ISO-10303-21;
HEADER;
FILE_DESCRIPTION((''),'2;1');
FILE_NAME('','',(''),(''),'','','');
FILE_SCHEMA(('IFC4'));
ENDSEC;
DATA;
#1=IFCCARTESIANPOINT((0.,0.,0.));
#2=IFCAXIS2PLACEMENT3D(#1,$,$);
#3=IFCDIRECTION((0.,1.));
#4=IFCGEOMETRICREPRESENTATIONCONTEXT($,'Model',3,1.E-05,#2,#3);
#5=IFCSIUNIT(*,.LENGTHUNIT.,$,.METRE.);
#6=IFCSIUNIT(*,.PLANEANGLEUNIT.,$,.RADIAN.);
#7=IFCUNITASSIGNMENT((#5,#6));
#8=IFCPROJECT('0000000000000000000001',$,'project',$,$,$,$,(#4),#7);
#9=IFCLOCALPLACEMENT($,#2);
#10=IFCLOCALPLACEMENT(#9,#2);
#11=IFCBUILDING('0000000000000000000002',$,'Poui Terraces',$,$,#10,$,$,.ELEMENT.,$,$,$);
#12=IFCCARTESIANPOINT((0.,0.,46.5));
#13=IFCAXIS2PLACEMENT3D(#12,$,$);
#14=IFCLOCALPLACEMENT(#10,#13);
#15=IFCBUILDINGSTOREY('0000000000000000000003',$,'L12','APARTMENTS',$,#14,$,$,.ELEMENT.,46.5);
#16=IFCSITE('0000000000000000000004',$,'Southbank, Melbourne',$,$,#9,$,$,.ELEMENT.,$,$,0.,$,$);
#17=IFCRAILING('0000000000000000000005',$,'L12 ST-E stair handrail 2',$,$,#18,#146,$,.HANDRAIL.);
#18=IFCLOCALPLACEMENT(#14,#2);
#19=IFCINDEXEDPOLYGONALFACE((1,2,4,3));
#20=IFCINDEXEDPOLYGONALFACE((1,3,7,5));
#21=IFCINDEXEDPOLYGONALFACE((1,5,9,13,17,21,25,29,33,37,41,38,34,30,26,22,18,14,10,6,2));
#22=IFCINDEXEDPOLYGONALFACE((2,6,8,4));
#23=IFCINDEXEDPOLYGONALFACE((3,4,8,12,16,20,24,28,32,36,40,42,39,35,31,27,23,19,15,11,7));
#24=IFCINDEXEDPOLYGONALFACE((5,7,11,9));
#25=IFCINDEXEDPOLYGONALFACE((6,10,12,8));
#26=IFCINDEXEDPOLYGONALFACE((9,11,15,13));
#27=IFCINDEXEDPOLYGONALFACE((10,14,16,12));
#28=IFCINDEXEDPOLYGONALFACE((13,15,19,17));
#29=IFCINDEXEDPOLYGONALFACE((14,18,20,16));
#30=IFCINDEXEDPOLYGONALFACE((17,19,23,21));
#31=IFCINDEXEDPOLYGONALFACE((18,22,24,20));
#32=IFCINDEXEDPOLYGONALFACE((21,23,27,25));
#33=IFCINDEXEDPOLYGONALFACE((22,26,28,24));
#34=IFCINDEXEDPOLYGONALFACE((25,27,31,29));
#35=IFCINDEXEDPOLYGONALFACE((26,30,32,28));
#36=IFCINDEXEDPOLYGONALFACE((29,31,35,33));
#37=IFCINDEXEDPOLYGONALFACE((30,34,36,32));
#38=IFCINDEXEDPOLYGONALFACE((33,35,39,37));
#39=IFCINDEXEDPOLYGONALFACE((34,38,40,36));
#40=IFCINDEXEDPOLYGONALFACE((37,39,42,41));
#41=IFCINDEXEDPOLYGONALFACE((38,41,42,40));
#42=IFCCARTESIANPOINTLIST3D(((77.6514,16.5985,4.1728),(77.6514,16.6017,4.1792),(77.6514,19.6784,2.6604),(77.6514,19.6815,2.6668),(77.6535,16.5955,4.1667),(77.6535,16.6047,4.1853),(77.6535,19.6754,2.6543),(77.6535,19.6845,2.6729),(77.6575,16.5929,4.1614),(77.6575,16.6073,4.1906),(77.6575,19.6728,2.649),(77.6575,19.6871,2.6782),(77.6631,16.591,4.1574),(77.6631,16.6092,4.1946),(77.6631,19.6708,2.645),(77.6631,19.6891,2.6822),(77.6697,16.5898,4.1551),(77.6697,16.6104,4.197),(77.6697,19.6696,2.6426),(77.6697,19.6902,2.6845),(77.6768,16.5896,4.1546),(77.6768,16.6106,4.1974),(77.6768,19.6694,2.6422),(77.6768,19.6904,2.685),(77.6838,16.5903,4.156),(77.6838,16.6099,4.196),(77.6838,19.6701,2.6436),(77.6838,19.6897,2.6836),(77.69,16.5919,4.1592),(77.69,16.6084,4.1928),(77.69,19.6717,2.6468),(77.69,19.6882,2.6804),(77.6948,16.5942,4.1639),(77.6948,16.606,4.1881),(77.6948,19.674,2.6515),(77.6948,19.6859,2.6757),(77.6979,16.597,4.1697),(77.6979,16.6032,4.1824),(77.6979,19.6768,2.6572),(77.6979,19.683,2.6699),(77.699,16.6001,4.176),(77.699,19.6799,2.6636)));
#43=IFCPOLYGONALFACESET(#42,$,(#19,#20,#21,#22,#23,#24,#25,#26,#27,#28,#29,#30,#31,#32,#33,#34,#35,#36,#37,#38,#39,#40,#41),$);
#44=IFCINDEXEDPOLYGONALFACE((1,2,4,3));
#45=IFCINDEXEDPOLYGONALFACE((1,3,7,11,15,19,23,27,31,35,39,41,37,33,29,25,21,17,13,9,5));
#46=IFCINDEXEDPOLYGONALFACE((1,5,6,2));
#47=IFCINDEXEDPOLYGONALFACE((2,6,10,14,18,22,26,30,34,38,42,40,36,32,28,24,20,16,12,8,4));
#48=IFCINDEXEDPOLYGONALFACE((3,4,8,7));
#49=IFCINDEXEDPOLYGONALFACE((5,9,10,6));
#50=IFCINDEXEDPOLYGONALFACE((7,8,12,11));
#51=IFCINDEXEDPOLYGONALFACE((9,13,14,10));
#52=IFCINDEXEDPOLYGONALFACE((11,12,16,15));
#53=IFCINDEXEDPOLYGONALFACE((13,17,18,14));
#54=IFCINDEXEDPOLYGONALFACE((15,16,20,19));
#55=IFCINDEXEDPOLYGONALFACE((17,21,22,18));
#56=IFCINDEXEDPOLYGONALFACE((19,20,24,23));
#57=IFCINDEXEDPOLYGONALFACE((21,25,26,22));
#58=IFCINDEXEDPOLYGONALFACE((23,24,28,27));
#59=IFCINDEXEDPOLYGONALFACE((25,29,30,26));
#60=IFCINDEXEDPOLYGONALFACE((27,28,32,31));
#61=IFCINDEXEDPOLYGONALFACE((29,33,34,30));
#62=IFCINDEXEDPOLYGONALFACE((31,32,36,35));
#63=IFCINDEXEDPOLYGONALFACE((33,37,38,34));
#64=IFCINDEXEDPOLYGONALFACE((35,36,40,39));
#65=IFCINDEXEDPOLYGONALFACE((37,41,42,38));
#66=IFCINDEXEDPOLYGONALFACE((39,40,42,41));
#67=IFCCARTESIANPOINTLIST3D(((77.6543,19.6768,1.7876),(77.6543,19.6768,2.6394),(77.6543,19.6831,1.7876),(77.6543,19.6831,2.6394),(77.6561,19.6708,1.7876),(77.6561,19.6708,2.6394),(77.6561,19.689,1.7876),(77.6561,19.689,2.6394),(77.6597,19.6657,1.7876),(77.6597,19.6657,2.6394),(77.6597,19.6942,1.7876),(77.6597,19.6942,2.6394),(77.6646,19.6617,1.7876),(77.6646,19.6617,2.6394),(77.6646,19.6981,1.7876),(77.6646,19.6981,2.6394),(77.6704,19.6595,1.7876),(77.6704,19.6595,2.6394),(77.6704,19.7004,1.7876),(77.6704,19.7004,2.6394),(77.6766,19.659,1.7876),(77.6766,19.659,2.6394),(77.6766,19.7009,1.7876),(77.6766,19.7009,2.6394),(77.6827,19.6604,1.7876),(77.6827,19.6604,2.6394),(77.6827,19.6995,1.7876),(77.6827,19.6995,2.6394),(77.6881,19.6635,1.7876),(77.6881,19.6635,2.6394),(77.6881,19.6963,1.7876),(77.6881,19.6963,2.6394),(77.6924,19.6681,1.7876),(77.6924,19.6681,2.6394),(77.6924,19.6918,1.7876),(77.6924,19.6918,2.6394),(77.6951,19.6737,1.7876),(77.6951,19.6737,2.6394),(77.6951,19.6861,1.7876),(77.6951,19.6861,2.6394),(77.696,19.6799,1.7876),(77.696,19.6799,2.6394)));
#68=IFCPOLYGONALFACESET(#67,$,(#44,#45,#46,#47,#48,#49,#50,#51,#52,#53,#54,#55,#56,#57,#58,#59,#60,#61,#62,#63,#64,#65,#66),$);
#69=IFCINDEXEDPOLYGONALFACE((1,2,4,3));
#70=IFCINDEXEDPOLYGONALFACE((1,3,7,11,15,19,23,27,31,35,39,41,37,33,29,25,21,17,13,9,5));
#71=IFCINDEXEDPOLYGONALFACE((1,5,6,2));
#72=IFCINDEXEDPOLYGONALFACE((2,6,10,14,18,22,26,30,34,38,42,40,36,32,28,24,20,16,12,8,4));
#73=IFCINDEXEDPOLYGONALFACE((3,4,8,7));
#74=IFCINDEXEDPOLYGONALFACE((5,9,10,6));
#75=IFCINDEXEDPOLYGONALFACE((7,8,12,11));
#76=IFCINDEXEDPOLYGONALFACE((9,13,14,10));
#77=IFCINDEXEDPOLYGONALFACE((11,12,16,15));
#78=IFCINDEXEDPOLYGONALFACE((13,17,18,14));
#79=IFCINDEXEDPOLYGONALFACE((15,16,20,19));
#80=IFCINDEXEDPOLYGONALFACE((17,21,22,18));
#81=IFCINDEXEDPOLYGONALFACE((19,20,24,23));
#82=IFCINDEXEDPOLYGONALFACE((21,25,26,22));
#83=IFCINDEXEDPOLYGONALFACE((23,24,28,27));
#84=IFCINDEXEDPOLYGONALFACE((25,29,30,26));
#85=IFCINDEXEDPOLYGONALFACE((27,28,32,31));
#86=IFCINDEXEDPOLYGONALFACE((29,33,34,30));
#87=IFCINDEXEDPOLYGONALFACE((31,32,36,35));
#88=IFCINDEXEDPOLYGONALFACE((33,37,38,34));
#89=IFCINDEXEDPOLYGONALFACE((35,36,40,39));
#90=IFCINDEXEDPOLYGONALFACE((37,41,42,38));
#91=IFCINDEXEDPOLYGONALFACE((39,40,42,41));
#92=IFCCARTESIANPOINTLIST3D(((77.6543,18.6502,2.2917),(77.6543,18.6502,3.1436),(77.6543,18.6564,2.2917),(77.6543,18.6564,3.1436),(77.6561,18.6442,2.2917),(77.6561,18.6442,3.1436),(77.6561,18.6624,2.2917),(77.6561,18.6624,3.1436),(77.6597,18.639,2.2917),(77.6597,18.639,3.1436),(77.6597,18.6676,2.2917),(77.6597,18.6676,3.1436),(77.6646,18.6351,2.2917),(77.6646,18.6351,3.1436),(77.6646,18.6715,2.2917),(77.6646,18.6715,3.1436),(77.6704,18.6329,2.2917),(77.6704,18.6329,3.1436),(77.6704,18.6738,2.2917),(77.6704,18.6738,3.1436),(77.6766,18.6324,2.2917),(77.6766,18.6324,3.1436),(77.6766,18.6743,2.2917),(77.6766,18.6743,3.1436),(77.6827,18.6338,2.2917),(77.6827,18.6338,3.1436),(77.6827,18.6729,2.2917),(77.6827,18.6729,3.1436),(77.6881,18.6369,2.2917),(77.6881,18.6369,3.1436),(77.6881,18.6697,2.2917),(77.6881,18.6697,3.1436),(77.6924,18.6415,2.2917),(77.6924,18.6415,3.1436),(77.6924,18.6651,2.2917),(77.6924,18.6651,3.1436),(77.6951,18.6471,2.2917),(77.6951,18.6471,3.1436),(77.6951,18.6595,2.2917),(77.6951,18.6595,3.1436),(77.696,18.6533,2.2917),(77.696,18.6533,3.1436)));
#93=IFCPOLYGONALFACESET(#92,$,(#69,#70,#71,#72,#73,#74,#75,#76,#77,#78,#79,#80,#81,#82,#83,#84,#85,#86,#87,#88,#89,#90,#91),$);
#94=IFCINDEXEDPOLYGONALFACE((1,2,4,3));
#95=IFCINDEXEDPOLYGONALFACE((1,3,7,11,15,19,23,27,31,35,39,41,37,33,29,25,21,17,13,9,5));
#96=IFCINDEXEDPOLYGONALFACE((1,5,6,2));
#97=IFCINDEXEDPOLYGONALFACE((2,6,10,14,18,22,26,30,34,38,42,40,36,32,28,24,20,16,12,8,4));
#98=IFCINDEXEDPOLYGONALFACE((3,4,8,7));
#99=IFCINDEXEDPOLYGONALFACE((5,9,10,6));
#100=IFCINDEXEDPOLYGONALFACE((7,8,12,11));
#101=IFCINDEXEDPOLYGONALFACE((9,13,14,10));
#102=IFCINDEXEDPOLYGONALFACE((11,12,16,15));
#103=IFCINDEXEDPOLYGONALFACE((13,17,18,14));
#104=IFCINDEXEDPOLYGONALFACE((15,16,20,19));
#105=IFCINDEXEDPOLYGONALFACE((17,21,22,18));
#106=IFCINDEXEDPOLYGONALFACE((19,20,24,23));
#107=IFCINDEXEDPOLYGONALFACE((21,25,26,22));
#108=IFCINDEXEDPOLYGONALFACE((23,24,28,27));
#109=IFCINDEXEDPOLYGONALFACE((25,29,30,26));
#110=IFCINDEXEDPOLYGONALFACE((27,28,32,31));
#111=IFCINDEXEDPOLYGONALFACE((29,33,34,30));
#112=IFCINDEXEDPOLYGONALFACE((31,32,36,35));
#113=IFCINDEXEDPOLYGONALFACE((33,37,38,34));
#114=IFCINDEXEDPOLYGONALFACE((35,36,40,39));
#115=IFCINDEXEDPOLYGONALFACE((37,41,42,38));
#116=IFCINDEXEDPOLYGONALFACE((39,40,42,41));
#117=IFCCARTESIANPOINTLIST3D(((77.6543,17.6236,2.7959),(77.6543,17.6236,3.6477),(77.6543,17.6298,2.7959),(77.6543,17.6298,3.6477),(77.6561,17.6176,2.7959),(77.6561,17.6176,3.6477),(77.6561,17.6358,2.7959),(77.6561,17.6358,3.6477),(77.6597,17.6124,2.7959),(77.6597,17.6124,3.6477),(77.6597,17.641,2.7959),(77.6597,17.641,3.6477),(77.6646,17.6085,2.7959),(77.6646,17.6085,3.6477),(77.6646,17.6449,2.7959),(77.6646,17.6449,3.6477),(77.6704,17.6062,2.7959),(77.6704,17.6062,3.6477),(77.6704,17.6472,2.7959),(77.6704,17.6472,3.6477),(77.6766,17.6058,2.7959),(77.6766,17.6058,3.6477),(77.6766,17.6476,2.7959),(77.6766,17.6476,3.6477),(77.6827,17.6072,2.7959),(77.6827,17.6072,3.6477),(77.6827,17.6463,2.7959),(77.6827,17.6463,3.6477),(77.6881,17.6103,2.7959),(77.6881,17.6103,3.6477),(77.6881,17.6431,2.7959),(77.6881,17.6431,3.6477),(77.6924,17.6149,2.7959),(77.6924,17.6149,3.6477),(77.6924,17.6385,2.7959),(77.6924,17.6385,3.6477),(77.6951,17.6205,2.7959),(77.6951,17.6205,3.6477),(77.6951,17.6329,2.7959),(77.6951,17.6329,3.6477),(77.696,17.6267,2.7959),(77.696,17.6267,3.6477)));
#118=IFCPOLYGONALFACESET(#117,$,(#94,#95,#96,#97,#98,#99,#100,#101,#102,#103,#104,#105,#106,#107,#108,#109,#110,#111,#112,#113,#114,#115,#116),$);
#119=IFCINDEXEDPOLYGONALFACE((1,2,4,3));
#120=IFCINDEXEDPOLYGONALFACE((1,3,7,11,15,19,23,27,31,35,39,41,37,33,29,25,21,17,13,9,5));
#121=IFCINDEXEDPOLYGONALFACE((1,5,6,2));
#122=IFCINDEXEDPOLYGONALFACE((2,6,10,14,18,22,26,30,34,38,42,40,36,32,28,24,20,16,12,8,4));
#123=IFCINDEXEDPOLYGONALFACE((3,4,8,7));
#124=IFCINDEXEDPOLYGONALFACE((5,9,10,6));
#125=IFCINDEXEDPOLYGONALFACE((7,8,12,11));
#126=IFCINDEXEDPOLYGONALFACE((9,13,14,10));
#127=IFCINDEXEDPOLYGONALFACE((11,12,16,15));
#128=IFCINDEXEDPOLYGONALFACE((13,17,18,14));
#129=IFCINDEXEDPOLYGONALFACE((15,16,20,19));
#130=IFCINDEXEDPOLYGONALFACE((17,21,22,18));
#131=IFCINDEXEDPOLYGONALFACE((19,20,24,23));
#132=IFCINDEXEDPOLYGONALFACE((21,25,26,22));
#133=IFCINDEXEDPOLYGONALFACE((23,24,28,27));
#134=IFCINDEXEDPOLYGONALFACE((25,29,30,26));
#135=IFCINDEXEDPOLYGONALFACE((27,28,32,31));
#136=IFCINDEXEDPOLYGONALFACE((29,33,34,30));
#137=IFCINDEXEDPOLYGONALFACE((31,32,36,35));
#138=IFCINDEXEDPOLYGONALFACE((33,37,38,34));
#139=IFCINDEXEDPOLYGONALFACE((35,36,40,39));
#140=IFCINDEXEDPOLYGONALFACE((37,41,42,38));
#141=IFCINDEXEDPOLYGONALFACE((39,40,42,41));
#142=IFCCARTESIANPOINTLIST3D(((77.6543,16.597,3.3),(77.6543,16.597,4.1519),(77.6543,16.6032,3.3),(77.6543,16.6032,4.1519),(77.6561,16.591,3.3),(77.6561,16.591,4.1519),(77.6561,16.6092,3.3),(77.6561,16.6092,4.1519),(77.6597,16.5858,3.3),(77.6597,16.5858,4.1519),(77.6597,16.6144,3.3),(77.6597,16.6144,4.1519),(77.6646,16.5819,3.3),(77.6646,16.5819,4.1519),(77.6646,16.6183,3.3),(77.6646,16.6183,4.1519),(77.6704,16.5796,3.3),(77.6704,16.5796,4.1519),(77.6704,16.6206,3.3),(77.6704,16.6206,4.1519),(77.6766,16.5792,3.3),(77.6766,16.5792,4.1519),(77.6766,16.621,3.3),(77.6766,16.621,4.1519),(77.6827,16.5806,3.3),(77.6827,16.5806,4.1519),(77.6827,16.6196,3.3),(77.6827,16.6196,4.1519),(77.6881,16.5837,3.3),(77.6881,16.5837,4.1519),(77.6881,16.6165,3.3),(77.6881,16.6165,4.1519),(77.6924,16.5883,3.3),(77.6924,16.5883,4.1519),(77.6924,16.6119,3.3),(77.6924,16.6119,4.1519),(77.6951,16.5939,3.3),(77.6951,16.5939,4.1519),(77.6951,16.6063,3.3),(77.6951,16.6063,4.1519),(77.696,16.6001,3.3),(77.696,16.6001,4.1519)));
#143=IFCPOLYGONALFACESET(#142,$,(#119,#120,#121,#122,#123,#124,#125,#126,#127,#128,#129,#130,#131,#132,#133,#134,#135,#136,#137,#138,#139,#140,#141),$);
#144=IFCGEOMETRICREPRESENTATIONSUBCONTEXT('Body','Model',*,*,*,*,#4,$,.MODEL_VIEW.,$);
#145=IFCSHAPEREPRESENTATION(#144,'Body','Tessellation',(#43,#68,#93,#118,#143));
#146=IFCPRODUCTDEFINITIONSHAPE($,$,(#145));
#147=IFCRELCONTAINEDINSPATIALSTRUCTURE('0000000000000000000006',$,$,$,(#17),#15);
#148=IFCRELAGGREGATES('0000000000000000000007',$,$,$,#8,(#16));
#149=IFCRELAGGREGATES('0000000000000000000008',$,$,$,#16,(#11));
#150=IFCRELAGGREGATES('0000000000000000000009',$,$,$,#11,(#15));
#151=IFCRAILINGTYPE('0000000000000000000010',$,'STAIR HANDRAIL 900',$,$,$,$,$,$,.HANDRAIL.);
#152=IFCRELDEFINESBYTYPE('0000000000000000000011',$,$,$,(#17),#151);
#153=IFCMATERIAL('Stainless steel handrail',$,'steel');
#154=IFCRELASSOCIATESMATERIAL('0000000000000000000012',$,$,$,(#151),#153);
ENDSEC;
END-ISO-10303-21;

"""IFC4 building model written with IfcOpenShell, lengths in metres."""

from ifc_helpers import new_model, si_unit, direction, frame, origin, origin_2d, place, context, subcontext, project, spatial, circle, extrude, material, type_object, element, save


model = new_model("IFC4")

# Units and contexts
model_context = context("Model", 3, precision=1e-05, world=origin(), true_north=direction((0.0, 1.0)))
body_context = subcontext(model_context, "Body", "Model", "MODEL_VIEW")
ifc_project = project(units=[si_unit("LENGTHUNIT", "METRE"), si_unit("PLANEANGLEUNIT", "RADIAN")], contexts=[model_context])

# Site, building, storey
site_placement = place(None, origin())
site = spatial("IfcSite", under=ifc_project, at=site_placement, Name="Southbank, Melbourne", CompositionType="ELEMENT", RefElevation=0.0)
building_placement = place(site_placement, origin())
building = spatial("IfcBuilding", under=site, at=building_placement, Name="Poui Terraces", CompositionType="ELEMENT")
storey_placement = place(building_placement, frame((0.0, 0.0, 46.5)))
storey = spatial("IfcBuildingStorey", under=building, at=storey_placement, Name="L12", Description="APARTMENTS", CompositionType="ELEMENT", Elevation=46.5)

# Railing
ifc_material_1 = material(Name="Stainless steel handrail", Category="steel")
railing_type_1 = type_object("IfcRailingType", Name="STAIR HANDRAIL 900", PredefinedType="HANDRAIL", material=ifc_material_1)
railing_1_placement = place(storey_placement, frame((77.675, 19.6799, 1.7876)))
element("IfcRailing", 1, at=railing_1_placement, inside=storey, type_object=railing_type_1, Name="L12 ST-E stair handrail 2", PredefinedType="HANDRAIL", context=body_context, shape_type="SweptSolid", body=[
    extrude(circle(Radius=0.0239, at=origin_2d()), frame((0.0, 0.0, 0.876), z_axis=(0.0, -0.897606, 0.440798), x_axis=(1.0, 0.0, 0.0)), (0.0, 0.0, 1.0), 3.4312),
    extrude(circle(Radius=0.021, at=origin_2d()), origin(), (0.0, 0.0, 1.0), 0.8518),
    extrude(circle(Radius=0.021, at=origin_2d()), frame((0.0, -1.0266, 0.5042)), (0.0, 0.0, 1.0), 0.8518),
    extrude(circle(Radius=0.021, at=origin_2d()), frame((0.0, -2.0532, 1.0083)), (0.0, 0.0, 1.0), 0.8518),
    extrude(circle(Radius=0.021, at=origin_2d()), frame((0.0, -3.0798, 1.5125)), (0.0, 0.0, 1.0), 0.8518),
])

save(model, "model.ifc")
